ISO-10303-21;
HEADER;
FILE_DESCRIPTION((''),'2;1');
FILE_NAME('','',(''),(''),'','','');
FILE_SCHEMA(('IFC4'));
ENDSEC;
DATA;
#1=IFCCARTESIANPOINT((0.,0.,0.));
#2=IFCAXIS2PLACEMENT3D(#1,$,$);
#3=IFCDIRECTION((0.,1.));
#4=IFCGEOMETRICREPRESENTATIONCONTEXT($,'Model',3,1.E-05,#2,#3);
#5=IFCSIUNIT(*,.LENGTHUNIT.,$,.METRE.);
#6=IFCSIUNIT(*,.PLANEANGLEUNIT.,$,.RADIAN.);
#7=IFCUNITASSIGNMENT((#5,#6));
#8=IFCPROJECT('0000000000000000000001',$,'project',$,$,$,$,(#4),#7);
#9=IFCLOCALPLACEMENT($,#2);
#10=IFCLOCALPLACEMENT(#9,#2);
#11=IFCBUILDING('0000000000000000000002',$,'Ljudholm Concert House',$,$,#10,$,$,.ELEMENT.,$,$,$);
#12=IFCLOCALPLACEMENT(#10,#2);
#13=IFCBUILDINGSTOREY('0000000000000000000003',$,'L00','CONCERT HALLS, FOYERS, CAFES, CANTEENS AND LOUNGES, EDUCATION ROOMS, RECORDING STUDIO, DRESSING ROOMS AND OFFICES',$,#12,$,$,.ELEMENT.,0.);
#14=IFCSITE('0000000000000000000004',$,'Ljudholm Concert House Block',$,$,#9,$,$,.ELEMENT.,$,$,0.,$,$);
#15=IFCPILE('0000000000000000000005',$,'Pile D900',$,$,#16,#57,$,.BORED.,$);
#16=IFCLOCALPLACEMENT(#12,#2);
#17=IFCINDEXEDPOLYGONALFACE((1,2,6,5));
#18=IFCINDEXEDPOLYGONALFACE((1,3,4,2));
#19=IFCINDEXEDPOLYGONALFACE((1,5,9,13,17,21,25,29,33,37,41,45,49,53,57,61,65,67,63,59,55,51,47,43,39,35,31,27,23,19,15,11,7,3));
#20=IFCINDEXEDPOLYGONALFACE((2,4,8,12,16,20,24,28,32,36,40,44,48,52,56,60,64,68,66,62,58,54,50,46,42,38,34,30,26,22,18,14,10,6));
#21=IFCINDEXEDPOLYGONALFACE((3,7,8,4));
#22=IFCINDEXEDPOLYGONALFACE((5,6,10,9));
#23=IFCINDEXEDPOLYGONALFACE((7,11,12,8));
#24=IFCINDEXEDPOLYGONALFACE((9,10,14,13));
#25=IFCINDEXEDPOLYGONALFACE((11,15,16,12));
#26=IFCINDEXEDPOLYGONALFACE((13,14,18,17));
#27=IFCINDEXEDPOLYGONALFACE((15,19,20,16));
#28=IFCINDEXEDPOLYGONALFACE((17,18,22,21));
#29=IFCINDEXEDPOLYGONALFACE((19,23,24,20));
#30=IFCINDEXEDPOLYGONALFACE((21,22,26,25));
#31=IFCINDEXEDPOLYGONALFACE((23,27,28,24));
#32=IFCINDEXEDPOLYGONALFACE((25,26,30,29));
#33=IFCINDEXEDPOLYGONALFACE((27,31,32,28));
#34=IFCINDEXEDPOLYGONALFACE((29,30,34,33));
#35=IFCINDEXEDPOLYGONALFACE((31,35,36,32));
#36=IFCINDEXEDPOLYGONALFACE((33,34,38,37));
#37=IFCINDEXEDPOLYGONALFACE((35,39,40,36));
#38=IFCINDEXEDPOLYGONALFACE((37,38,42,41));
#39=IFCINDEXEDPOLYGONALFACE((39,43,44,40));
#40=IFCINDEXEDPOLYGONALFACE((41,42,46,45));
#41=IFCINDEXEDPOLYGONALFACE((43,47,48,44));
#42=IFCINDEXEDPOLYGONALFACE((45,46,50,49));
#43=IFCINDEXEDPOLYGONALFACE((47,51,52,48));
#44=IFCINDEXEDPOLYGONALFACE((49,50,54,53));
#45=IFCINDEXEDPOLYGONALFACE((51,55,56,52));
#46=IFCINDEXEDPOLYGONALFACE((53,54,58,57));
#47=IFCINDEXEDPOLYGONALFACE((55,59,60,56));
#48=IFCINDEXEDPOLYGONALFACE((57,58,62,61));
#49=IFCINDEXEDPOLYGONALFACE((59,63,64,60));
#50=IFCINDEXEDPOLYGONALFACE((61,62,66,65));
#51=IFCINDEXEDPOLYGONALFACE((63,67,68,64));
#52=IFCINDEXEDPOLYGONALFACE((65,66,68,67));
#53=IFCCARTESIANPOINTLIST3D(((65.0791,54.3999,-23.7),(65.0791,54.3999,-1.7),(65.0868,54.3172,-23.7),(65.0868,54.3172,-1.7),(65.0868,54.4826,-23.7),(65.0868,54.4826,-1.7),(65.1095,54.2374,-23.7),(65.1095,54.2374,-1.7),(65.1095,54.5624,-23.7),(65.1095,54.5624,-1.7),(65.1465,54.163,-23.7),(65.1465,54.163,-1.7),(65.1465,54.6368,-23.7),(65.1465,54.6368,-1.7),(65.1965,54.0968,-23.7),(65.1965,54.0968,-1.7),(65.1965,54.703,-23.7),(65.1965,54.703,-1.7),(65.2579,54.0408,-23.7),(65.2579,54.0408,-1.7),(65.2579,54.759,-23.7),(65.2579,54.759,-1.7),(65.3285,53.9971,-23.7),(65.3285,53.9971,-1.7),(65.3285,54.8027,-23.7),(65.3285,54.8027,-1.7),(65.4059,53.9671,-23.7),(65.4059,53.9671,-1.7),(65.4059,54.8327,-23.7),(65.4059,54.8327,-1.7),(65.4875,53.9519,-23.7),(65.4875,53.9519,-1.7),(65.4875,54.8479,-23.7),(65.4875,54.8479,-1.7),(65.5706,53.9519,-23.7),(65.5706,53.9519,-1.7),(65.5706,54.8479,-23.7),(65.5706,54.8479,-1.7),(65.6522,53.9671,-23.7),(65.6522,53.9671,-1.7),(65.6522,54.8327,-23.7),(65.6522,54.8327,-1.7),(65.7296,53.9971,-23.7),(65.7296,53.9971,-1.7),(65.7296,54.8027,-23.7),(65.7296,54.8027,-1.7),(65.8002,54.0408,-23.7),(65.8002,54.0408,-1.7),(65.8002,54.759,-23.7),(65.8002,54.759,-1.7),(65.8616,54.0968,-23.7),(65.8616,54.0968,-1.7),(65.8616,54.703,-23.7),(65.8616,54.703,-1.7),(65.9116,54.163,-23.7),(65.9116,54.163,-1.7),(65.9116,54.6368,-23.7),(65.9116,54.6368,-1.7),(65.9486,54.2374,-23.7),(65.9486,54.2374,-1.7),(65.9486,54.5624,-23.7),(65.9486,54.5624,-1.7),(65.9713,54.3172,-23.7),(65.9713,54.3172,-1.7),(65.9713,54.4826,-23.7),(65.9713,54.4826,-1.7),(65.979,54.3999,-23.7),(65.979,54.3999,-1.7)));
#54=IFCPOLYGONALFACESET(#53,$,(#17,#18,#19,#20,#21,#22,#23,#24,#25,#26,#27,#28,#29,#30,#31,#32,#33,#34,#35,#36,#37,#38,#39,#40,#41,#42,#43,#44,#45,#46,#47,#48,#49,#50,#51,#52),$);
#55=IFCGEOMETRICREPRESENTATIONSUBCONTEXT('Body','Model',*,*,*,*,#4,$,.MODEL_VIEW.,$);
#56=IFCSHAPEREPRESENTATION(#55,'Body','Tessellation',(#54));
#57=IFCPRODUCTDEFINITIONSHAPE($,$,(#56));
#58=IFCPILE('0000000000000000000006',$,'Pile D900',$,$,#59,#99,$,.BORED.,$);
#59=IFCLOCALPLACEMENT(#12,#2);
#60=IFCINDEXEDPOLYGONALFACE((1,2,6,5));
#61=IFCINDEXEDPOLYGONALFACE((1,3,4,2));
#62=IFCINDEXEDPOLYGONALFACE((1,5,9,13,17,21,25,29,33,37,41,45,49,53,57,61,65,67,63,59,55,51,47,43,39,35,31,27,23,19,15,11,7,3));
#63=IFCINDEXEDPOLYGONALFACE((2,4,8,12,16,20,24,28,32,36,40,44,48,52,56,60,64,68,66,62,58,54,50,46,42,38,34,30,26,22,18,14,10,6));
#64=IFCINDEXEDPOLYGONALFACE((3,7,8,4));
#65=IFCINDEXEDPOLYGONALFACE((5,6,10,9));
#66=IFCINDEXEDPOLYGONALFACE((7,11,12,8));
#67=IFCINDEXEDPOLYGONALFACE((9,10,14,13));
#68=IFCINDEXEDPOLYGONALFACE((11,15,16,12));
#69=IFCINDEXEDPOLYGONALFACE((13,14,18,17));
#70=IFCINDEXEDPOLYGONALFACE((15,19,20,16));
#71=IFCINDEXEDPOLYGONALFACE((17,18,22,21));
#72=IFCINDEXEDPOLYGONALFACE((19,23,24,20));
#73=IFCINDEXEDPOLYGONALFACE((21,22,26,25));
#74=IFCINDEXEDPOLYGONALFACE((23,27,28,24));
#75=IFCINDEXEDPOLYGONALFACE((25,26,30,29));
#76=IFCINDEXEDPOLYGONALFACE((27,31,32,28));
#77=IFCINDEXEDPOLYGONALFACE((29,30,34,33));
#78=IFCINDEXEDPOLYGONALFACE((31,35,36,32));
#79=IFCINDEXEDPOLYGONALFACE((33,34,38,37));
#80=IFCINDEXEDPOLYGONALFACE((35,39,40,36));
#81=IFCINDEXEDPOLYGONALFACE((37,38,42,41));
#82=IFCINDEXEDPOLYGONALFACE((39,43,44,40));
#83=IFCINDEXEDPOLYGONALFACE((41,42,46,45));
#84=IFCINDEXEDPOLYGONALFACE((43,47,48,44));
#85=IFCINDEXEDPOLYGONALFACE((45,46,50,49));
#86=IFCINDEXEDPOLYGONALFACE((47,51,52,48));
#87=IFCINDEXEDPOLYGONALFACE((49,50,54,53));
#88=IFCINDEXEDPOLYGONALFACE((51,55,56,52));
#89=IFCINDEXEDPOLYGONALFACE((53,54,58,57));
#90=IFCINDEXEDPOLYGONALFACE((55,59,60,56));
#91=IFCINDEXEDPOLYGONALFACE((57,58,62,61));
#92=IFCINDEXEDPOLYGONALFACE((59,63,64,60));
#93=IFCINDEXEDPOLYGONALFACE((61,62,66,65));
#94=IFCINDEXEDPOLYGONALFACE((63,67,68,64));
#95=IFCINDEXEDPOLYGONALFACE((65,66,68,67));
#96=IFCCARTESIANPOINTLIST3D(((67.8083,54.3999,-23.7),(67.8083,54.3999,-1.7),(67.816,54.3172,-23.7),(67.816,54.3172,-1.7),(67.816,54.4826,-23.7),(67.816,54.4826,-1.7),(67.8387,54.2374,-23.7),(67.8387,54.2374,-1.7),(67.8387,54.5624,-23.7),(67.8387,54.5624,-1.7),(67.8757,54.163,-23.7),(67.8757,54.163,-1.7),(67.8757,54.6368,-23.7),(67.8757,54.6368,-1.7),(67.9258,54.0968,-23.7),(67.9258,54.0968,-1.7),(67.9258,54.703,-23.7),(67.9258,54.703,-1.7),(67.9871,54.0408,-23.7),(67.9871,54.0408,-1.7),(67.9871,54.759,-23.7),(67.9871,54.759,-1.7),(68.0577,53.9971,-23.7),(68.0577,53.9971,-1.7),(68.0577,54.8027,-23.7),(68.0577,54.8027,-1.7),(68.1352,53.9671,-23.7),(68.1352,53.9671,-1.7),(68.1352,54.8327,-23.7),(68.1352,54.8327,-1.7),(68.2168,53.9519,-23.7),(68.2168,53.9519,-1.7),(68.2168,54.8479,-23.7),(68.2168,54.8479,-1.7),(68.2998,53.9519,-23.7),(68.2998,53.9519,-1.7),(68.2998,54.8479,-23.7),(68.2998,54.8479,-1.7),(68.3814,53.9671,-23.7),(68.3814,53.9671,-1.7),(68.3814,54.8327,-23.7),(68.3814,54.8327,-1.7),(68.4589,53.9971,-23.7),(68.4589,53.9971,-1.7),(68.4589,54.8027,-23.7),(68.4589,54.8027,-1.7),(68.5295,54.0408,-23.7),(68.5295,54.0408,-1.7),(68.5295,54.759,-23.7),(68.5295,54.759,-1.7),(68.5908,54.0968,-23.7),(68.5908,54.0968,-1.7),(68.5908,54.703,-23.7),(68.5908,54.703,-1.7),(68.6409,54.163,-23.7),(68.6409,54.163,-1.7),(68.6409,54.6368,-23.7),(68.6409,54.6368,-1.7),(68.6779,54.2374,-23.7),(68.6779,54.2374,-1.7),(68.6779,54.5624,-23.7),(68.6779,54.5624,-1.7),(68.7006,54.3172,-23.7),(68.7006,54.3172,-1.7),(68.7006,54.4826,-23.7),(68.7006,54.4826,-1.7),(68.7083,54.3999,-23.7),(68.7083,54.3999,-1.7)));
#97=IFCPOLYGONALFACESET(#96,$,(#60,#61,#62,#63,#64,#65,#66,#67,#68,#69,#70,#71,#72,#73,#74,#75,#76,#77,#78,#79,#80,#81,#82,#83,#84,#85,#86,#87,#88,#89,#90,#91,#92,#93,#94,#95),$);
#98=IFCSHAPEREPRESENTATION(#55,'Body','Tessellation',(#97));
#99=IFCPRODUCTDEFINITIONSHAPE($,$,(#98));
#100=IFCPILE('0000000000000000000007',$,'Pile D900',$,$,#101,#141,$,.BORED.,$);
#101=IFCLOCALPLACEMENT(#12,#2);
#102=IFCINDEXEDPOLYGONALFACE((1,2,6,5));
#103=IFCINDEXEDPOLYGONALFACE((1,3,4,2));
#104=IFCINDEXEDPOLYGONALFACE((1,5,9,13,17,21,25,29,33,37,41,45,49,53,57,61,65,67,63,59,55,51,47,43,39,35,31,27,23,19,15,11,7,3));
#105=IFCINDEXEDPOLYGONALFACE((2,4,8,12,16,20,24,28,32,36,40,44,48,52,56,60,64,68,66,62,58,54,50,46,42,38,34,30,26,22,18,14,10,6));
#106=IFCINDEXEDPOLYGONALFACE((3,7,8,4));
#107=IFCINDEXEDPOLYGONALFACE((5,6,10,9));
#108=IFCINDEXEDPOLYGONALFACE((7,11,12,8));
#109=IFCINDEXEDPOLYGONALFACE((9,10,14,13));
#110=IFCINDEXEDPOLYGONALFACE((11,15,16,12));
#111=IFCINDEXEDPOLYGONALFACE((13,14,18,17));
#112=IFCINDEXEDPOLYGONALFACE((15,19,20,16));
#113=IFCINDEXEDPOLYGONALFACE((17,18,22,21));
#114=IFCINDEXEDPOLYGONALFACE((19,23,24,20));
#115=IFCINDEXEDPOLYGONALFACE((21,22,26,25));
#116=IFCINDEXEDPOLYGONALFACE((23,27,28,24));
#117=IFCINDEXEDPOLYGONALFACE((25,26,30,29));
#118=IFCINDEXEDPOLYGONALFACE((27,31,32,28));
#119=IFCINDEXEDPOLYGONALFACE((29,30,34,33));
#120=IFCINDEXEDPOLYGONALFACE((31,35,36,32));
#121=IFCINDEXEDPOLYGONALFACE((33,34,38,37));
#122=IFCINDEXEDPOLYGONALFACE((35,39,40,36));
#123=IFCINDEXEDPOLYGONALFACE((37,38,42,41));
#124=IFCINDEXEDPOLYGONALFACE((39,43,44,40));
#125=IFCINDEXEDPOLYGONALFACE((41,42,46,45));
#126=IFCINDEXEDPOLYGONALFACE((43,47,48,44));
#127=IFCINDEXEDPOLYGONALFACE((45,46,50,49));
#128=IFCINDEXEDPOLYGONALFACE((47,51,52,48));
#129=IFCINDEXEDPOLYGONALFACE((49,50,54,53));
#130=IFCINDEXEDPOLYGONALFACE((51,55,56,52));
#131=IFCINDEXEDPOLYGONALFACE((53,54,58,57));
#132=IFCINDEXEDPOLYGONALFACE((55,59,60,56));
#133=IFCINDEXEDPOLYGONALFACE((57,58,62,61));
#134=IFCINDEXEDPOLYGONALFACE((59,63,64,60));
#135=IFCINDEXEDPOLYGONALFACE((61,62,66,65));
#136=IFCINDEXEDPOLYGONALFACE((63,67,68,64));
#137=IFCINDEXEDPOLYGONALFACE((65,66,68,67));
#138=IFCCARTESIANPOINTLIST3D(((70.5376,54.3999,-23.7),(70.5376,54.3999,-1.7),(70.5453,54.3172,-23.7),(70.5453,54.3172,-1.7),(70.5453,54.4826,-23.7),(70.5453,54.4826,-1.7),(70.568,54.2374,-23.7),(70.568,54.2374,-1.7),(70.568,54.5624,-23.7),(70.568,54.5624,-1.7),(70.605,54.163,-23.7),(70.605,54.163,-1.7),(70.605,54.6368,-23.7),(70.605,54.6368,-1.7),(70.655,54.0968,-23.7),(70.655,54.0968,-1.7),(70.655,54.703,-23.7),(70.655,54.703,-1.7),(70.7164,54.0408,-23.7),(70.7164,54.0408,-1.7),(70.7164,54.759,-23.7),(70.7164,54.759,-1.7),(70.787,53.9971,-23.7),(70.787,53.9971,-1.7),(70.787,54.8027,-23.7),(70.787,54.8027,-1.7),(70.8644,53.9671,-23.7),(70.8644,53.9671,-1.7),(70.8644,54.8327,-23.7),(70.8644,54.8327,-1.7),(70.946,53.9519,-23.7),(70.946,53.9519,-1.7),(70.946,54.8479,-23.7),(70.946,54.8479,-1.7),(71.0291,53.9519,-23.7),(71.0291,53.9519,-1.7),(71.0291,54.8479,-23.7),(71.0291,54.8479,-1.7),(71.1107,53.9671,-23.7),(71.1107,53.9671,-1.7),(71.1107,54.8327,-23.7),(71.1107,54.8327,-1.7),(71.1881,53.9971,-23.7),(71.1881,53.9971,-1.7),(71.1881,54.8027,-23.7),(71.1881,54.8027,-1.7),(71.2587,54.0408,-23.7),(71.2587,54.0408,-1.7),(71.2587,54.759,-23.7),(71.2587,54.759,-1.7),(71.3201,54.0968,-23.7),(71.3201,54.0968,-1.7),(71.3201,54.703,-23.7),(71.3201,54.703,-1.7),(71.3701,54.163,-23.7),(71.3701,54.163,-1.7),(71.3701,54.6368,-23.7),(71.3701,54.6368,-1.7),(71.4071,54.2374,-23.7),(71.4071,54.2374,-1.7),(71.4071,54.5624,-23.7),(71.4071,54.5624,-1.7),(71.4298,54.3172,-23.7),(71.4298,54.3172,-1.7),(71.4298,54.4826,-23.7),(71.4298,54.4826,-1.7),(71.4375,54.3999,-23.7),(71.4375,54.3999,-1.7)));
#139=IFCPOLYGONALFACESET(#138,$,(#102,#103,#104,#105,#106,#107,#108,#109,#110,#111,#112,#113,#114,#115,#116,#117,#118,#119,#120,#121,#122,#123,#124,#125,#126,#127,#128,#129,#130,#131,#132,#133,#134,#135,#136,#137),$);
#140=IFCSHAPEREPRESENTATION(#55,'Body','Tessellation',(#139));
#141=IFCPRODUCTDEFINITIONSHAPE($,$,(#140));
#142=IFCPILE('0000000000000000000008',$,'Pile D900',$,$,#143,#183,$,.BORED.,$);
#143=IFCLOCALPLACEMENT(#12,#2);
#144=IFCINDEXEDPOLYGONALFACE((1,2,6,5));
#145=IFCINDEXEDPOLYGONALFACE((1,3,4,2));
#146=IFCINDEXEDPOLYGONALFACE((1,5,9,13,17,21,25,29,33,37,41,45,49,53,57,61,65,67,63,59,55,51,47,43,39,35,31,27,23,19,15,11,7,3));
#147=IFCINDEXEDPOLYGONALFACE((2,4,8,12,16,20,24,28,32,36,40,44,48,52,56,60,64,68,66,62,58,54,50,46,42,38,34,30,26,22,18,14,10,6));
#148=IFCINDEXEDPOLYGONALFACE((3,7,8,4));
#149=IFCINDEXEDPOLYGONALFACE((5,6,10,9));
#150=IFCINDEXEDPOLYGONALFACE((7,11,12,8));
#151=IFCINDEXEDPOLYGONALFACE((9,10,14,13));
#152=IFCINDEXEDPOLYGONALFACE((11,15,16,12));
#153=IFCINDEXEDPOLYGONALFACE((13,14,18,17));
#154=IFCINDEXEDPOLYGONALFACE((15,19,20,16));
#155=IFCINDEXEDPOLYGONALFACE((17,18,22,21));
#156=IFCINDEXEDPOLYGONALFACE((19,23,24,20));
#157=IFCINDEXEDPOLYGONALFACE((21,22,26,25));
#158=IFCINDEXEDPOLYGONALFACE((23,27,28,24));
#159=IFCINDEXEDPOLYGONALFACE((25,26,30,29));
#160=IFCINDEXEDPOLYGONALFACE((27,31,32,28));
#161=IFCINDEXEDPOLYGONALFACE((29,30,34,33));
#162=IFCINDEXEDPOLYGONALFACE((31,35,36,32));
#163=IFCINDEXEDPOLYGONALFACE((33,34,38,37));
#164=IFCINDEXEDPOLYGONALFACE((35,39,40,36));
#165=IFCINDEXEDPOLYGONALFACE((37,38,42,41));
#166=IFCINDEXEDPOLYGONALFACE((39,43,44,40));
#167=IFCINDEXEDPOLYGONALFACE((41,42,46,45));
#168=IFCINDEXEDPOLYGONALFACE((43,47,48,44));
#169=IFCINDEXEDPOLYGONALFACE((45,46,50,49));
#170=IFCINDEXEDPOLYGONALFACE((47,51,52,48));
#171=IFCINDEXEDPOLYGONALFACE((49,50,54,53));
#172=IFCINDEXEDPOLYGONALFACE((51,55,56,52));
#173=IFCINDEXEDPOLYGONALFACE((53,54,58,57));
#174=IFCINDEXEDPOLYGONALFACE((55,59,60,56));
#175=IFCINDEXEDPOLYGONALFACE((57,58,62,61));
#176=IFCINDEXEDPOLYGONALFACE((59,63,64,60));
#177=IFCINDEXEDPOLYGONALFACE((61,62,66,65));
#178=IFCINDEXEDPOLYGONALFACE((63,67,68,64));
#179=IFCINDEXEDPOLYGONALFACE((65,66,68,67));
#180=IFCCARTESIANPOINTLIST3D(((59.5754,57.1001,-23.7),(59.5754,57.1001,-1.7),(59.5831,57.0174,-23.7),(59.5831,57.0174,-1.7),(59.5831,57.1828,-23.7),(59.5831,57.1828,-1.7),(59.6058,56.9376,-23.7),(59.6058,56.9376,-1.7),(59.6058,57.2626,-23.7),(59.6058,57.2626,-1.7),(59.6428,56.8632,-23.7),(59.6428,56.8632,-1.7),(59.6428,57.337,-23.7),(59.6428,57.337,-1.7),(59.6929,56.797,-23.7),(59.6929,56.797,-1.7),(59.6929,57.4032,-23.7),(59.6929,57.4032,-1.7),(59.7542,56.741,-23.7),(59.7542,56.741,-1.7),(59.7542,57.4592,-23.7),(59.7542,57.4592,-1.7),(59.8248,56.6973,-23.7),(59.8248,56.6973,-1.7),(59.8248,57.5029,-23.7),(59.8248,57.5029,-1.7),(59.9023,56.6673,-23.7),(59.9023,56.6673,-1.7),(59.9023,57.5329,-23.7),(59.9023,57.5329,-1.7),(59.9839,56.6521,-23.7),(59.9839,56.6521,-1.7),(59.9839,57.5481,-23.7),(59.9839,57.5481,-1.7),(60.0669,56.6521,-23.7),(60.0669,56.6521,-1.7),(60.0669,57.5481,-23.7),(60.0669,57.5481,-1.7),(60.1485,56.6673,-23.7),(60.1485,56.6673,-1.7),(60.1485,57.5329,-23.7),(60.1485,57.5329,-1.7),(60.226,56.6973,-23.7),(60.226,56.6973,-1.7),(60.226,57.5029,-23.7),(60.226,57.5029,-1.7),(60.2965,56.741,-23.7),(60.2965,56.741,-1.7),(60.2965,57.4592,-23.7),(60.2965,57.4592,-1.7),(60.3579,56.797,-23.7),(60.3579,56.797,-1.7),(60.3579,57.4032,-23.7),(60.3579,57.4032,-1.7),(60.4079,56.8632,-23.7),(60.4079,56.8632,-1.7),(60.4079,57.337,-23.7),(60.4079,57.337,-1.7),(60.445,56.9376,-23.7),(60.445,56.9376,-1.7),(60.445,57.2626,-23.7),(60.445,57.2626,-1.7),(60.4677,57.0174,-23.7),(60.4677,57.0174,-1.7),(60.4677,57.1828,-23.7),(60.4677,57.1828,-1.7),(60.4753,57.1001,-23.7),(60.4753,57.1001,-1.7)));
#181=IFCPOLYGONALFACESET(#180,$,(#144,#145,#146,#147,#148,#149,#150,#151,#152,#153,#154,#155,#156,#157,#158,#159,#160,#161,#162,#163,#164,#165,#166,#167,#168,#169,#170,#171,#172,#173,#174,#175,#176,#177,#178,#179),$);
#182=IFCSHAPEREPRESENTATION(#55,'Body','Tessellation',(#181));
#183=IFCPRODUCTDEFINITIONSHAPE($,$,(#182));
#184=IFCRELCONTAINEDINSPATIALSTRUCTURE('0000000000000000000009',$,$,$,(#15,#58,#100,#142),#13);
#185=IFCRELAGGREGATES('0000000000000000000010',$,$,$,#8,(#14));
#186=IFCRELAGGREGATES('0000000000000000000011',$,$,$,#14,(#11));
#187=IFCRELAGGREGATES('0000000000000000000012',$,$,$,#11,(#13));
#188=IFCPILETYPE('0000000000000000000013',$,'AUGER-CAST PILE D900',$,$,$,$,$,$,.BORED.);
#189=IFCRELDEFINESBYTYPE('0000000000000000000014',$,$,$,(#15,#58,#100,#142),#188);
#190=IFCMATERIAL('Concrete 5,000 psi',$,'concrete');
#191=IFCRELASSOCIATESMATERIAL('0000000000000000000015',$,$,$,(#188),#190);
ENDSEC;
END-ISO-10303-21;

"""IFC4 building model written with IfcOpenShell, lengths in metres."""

from ifc_helpers import new_model, si_unit, direction, frame, origin, origin_2d, place, context, subcontext, project, spatial, circle, extrude, material, material_profile, profile_set, type_object, element, save


model = new_model("IFC4")

# Units and contexts
model_context = context("Model", 3, precision=1e-05, world=origin(), true_north=direction((0.0, 1.0)))
body_context = subcontext(model_context, "Body", "Model", "MODEL_VIEW")
ifc_project = project(units=[si_unit("LENGTHUNIT", "METRE"), si_unit("PLANEANGLEUNIT", "RADIAN")], contexts=[model_context])

# Site, building, storey
site_placement = place(None, origin())
site = spatial("IfcSite", under=ifc_project, at=site_placement, Name="Ljudholm Concert House Block", CompositionType="ELEMENT", RefElevation=0.0)
building_placement = place(site_placement, origin())
building = spatial("IfcBuilding", under=site, at=building_placement, Name="Ljudholm Concert House", CompositionType="ELEMENT")
storey_placement = place(building_placement, origin())
storey = spatial("IfcBuildingStorey", under=building, at=storey_placement, Name="L00", Description="CONCERT HALLS, FOYERS, CAFES, CANTEENS AND LOUNGES, EDUCATION ROOMS, RECORDING STUDIO, DRESSING ROOMS AND OFFICES", CompositionType="ELEMENT", Elevation=0.0)

# Piles
ifc_material_1 = material(Name="Concrete 5,000 psi", Category="concrete")
ifc_material_profile_1 = material_profile(ifc_material_1, circle(Radius=0.45, at=origin_2d()), Name="AUGER-CAST PILE D900")
ifc_profile_set_1 = profile_set([ifc_material_profile_1], Name="Concrete 5,000 psi")
pile_type_1 = type_object("IfcPileType", Name="AUGER-CAST PILE D900", PredefinedType="BORED", material=ifc_profile_set_1)
for number, where, z_axis, x_axis, name in (
    (1, (65.5291, 54.3999, -1.7), (0.0, 0.0, -1.0), (1.0, 0.0, 0.0), "Pile D900"),
    (2, (68.2583, 54.3999, -1.7), (0.0, 0.0, -1.0), (1.0, 0.0, 0.0), "Pile D900"),
    (3, (70.9875, 54.3999, -1.7), (0.0, 0.0, -1.0), (1.0, 0.0, 0.0), "Pile D900"),
    (4, (60.0254, 57.1001, -1.7), (0.0, 0.0, -1.0), (1.0, 0.0, 0.0), "Pile D900"),
):
    element("IfcPile", number, at=place(storey_placement, frame(where, z_axis=z_axis, x_axis=x_axis)), inside=storey, type_object=pile_type_1, Name=name, PredefinedType="BORED", context=body_context, shape_type="SweptSolid", body=[
        extrude(circle(Radius=0.45, at=origin_2d()), origin(), (0.0, 0.0, 1.0), 22.0),
    ])

save(model, "model.ifc")
